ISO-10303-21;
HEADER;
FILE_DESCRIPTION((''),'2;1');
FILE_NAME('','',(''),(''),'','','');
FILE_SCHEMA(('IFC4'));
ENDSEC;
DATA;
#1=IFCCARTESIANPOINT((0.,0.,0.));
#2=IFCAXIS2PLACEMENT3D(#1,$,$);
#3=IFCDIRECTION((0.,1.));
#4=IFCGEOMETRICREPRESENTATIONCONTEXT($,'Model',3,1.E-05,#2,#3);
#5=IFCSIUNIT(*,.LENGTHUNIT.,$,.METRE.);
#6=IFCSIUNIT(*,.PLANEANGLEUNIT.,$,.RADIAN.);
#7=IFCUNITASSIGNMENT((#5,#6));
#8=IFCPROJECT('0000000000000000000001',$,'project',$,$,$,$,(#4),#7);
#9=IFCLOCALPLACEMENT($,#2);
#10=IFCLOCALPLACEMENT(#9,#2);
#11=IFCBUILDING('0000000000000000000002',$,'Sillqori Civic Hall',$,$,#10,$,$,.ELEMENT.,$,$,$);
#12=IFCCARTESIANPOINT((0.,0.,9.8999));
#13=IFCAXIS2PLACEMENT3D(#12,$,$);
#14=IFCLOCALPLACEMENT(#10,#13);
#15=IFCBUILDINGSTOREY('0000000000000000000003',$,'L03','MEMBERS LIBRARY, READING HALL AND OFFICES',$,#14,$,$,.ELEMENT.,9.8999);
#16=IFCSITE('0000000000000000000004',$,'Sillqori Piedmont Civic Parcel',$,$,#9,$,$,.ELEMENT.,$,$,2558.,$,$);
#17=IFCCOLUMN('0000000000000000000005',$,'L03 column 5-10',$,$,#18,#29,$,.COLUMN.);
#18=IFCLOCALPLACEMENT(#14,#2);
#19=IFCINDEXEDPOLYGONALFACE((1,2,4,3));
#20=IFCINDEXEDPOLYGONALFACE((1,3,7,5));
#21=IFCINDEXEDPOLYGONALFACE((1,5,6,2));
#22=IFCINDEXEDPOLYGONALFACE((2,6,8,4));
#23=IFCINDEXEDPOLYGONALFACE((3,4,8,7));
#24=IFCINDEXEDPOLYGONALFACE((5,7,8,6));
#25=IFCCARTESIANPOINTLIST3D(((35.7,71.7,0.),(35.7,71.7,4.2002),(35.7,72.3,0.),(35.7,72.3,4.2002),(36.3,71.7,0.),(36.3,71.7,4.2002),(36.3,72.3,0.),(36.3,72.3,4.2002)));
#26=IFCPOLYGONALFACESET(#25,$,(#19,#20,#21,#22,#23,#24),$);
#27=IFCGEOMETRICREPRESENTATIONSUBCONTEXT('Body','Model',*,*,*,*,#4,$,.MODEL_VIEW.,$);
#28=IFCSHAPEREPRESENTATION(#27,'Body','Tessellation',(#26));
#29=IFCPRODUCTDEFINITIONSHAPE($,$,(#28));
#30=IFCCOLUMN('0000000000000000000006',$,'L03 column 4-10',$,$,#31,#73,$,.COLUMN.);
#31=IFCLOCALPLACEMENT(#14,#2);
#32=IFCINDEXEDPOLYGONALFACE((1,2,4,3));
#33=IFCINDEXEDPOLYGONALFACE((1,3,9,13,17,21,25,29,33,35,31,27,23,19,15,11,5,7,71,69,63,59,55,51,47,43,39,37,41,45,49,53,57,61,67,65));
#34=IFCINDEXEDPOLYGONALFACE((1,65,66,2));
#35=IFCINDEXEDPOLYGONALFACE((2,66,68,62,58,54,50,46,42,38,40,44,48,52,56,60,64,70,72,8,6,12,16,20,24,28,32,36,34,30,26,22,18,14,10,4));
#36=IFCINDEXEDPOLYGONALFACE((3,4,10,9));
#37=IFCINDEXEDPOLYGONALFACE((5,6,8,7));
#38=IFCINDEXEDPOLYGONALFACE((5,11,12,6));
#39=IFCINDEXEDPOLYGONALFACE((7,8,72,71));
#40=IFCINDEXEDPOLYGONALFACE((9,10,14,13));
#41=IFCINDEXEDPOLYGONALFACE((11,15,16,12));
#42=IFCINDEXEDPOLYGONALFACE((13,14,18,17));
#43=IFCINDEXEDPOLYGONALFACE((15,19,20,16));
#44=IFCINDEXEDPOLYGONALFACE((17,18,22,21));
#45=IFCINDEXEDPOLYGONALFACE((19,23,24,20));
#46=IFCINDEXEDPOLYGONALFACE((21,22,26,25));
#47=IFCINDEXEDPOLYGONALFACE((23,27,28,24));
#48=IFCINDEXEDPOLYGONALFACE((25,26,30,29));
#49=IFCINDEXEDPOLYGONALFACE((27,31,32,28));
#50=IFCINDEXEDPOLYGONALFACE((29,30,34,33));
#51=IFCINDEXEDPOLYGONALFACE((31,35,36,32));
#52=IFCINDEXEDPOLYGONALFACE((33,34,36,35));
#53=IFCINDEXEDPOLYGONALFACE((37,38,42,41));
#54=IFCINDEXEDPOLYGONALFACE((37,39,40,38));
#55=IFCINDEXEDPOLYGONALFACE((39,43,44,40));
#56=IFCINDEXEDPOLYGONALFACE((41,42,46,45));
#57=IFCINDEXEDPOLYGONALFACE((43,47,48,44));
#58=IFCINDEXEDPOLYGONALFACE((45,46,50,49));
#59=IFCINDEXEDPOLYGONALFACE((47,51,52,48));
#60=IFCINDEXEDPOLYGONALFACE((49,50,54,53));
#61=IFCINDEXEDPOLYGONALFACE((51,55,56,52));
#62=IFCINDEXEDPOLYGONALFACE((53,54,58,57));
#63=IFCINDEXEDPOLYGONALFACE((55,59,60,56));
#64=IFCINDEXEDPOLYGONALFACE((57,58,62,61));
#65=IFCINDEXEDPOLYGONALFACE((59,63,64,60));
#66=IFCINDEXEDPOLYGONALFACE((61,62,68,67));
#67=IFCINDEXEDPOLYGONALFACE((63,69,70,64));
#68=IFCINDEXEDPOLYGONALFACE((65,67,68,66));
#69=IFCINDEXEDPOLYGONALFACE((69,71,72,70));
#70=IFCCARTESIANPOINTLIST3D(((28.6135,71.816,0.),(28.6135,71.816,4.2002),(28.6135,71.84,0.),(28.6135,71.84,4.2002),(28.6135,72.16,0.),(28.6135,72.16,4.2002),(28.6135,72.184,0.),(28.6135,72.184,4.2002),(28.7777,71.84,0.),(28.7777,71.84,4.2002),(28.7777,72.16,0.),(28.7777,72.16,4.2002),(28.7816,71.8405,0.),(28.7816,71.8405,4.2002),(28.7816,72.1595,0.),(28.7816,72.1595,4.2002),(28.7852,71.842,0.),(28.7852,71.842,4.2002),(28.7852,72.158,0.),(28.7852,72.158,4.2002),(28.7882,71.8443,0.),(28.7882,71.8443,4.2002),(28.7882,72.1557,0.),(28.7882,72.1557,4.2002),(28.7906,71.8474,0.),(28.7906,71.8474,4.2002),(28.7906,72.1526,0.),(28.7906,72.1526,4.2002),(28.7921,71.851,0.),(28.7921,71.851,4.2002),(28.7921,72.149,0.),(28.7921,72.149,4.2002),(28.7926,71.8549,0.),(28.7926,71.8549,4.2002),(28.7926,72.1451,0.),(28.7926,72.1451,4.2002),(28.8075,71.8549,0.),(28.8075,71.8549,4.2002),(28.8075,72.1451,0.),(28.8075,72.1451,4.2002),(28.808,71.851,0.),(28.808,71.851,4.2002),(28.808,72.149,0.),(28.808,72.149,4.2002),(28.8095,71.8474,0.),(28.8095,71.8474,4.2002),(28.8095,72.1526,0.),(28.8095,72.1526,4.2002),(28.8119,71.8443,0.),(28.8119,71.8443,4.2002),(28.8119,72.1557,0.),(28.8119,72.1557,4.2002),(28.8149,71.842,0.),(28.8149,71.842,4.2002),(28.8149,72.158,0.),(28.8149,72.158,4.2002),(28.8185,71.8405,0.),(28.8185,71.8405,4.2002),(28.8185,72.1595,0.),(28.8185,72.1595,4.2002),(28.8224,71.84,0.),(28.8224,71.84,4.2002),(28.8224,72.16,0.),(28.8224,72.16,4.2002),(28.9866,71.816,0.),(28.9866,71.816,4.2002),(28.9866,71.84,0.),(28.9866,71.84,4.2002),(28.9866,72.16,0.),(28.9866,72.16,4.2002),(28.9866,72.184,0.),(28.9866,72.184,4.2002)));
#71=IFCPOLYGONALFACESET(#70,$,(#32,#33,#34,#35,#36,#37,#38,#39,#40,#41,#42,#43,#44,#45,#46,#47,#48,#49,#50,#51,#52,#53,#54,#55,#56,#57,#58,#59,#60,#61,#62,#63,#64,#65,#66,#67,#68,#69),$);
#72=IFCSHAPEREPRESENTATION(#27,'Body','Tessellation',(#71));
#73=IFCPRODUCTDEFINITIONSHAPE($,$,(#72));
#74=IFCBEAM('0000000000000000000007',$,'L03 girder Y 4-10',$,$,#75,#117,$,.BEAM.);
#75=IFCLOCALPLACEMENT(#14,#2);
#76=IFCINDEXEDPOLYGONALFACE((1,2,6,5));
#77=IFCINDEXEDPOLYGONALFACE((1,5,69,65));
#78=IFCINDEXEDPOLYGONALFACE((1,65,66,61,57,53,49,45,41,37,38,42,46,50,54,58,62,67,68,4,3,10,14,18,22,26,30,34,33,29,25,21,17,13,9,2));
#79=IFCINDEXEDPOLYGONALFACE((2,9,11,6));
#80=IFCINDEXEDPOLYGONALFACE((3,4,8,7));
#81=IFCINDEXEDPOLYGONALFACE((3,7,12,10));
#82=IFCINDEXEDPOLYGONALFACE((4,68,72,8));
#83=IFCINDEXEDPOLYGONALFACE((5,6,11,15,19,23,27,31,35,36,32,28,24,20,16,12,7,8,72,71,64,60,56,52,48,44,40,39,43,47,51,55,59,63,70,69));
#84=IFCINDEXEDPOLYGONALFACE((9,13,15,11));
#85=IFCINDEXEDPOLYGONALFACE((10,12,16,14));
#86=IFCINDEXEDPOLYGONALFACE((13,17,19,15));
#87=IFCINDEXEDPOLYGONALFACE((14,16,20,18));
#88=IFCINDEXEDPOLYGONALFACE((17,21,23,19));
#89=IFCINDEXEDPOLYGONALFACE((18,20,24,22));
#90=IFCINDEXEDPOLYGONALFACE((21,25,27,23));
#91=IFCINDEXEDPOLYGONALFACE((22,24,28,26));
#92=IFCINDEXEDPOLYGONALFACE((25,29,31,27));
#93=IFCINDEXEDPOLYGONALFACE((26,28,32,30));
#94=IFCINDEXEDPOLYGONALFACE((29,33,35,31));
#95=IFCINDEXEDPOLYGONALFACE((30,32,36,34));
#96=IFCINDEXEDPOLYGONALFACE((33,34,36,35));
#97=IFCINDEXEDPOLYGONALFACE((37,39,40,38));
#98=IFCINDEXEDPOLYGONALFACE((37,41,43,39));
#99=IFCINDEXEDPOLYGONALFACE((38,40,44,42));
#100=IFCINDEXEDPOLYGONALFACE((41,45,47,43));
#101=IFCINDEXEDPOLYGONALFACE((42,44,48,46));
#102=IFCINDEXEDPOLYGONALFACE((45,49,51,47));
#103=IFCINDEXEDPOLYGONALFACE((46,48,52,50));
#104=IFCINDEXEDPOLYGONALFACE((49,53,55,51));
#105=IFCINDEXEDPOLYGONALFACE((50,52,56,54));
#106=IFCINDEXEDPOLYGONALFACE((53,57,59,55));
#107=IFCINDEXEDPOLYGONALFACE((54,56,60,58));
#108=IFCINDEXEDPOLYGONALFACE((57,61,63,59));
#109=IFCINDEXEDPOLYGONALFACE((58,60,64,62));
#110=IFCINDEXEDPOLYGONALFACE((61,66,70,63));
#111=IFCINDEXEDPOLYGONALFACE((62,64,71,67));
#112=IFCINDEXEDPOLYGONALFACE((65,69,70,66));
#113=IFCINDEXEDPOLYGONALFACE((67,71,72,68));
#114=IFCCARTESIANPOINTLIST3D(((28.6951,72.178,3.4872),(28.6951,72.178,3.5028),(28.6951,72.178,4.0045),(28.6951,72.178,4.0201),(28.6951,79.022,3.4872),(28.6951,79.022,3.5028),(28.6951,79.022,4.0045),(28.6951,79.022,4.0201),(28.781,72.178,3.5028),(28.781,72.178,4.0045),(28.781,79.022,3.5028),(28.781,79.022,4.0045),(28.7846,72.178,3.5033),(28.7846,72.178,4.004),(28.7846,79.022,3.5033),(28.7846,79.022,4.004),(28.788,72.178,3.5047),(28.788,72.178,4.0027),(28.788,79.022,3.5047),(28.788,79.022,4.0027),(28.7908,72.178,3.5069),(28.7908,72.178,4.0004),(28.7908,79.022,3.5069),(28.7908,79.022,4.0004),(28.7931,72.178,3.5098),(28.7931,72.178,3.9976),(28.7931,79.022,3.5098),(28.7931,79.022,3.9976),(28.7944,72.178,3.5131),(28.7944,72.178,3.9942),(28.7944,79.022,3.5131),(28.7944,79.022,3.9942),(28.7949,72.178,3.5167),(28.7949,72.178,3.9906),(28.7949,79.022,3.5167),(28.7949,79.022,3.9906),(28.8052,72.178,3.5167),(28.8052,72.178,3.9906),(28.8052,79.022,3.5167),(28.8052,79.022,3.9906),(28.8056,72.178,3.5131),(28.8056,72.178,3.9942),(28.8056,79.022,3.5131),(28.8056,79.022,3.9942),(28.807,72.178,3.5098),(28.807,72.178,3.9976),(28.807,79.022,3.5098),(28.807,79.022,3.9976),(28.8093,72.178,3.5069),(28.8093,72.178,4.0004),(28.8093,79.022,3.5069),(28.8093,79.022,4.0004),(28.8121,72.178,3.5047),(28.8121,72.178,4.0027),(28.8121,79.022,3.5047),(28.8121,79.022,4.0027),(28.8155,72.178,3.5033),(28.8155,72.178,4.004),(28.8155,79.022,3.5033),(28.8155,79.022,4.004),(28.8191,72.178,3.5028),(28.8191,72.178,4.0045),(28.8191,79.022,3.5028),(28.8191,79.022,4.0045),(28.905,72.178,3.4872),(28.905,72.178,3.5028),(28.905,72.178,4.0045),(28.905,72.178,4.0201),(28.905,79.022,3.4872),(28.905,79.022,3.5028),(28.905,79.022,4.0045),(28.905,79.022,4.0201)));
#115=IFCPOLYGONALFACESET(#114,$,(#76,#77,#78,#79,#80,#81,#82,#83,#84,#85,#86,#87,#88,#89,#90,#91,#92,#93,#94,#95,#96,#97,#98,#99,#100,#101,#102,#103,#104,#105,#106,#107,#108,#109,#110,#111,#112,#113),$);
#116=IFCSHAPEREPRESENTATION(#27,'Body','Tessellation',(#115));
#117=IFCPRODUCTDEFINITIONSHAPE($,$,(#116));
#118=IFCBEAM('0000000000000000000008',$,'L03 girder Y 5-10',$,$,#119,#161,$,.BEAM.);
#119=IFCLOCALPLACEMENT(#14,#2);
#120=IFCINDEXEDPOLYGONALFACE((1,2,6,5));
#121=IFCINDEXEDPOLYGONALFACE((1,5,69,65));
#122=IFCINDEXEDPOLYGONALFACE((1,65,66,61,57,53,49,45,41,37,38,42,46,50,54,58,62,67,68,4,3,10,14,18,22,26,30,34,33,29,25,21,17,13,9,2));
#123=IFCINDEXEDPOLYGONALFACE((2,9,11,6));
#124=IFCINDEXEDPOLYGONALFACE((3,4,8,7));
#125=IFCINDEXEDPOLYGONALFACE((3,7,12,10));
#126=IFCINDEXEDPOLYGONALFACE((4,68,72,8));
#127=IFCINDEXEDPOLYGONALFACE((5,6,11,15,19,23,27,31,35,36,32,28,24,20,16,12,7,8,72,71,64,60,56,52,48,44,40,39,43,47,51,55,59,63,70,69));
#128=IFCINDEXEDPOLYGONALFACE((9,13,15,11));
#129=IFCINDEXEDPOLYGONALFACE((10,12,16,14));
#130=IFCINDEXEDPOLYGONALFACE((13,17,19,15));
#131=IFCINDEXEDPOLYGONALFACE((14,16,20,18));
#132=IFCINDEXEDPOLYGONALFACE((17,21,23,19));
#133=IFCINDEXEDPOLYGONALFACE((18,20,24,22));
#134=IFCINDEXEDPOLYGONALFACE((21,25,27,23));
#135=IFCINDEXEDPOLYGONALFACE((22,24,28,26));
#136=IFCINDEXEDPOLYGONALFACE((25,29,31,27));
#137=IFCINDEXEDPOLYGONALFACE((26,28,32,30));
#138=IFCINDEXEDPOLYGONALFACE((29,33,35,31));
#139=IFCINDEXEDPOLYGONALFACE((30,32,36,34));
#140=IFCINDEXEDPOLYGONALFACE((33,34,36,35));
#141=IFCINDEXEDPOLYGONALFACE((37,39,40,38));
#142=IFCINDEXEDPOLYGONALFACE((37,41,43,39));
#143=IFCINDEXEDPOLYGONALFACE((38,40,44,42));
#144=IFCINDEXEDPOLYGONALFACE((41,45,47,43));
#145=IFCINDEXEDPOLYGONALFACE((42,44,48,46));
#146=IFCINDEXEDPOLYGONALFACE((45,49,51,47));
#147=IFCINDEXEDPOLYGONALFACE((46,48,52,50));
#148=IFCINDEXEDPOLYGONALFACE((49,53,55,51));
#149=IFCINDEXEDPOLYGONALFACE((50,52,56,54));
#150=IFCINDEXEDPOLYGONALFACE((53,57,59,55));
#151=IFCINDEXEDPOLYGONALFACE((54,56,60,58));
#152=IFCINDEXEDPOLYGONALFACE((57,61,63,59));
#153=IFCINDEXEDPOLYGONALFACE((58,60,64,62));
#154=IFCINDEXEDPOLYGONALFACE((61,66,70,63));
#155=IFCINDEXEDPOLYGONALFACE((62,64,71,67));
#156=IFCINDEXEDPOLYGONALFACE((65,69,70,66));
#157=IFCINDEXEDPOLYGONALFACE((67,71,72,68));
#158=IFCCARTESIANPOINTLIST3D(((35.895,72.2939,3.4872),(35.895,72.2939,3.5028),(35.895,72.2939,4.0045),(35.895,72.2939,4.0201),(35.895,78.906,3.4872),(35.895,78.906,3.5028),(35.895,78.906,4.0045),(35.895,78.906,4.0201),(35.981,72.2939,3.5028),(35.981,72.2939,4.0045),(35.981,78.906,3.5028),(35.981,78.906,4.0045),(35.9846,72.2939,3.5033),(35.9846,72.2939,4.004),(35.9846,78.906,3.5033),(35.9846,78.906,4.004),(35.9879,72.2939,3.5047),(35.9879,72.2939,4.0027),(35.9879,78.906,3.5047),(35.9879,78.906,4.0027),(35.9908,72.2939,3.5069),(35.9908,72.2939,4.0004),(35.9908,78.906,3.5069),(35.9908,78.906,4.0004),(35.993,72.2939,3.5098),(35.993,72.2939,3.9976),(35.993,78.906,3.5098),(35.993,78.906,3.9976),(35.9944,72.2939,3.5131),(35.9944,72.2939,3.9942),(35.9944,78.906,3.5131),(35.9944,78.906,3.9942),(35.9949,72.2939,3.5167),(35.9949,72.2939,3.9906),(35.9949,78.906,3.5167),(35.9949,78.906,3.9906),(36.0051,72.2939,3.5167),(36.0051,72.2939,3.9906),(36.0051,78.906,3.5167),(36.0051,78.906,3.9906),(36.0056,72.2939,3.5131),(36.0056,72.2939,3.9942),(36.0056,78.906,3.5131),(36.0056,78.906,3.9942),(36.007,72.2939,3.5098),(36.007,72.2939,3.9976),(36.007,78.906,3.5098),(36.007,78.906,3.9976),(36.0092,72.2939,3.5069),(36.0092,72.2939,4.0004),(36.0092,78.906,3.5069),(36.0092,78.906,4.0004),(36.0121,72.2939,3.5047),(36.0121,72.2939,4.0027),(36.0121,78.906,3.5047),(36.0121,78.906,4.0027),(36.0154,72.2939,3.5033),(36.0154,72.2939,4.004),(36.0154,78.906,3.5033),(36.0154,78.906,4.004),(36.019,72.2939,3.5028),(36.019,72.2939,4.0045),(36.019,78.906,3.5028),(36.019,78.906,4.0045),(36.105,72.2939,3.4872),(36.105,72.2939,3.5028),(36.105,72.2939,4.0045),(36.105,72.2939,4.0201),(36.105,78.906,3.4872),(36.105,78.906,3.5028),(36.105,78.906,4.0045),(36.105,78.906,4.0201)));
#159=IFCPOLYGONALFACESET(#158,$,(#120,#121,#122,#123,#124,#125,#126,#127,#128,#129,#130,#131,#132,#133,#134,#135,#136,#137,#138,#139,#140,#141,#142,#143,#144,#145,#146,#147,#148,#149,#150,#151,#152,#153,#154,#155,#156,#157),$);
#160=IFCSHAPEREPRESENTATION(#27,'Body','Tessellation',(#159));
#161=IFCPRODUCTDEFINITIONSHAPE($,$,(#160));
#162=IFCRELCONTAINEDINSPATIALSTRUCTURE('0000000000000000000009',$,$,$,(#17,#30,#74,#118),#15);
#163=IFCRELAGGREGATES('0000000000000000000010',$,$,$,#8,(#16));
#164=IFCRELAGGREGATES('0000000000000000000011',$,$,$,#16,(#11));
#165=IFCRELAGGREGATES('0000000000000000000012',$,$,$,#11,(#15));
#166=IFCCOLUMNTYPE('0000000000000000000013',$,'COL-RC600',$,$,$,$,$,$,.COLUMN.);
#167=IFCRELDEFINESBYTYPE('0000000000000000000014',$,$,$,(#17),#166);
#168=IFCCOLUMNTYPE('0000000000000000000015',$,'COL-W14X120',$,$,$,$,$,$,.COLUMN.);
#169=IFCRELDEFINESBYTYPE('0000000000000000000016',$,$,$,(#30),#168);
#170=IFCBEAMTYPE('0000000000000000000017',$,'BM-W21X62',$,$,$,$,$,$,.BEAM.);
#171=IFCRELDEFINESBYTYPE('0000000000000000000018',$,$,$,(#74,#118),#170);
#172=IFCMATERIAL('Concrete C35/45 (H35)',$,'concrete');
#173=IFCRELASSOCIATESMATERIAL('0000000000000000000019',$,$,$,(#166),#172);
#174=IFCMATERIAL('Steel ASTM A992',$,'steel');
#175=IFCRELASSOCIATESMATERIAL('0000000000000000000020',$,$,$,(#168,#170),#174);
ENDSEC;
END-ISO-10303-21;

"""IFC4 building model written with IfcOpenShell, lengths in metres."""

from ifc_helpers import new_model, si_unit, direction, frame, origin, origin_2d, place, context, subcontext, project, spatial, rectangle, i_section, extrude, material, material_profile, profile_set, type_object, element, save


model = new_model("IFC4")

# Units and contexts
model_context = context("Model", 3, precision=1e-05, world=origin(), true_north=direction((0.0, 1.0)))
body_context = subcontext(model_context, "Body", "Model", "MODEL_VIEW")
ifc_project = project(units=[si_unit("LENGTHUNIT", "METRE"), si_unit("PLANEANGLEUNIT", "RADIAN")], contexts=[model_context])

# Site, building, storey
site_placement = place(None, origin())
site = spatial("IfcSite", under=ifc_project, at=site_placement, Name="Sillqori Piedmont Civic Parcel", CompositionType="ELEMENT", RefElevation=2558.0)
building_placement = place(site_placement, origin())
building = spatial("IfcBuilding", under=site, at=building_placement, Name="Sillqori Civic Hall", CompositionType="ELEMENT")
storey_placement = place(building_placement, frame((0.0, 0.0, 9.8999)))
storey = spatial("IfcBuildingStorey", under=building, at=storey_placement, Name="L03", Description="MEMBERS LIBRARY, READING HALL AND OFFICES", CompositionType="ELEMENT", Elevation=9.8999)

# Columns
ifc_material_1 = material(Name="Concrete C35/45 (H35)", Category="concrete")
ifc_material_profile_1 = material_profile(ifc_material_1, rectangle(XDim=0.6001, YDim=0.6001, at=origin_2d()), Name="RC 600x600")
ifc_profile_set_1 = profile_set([ifc_material_profile_1], Name="Concrete C35/45 (H35)")
column_type_1 = type_object("IfcColumnType", Name="COL-RC600", PredefinedType="COLUMN", material=ifc_profile_set_1)
column_1_placement = place(storey_placement, frame((36.0, 72.0, 0.0), z_axis=(0.0, 0.0, 1.0), x_axis=(1.0, 0.0, 0.0)))
element("IfcColumn", 1, at=column_1_placement, inside=storey, type_object=column_type_1, Name="L03 column 5-10", PredefinedType="COLUMN", context=body_context, shape_type="SweptSolid", body=[
    extrude(rectangle(XDim=0.6001, YDim=0.6001, at=origin_2d()), origin(), (0.0, 0.0, 1.0), 4.2002),
])
ifc_material_2 = material(Name="Steel ASTM A992", Category="steel")
ifc_material_profile_2 = material_profile(ifc_material_2, i_section(OverallWidth=0.373, OverallDepth=0.3679, WebThickness=0.0149, FlangeThickness=0.0239, FilletRadius=0.0149, at=origin_2d()), Name="W14X120")
ifc_profile_set_2 = profile_set([ifc_material_profile_2], Name="Steel ASTM A992")
column_type_2 = type_object("IfcColumnType", Name="COL-W14X120", PredefinedType="COLUMN", material=ifc_profile_set_2)
column_2_placement = place(storey_placement, frame((28.8, 72.0, 0.0), z_axis=(0.0, 0.0, 1.0), x_axis=(1.0, 0.0, 0.0)))
element("IfcColumn", 2, at=column_2_placement, inside=storey, type_object=column_type_2, Name="L03 column 4-10", PredefinedType="COLUMN", context=body_context, shape_type="SweptSolid", body=[
    extrude(i_section(OverallWidth=0.373, OverallDepth=0.3679, WebThickness=0.0149, FlangeThickness=0.0239, FilletRadius=0.0149, at=origin_2d()), origin(), (0.0, 0.0, 1.0), 4.2002),
])

# Beams
ifc_material_profile_3 = material_profile(ifc_material_2, i_section(OverallWidth=0.21, OverallDepth=0.533, WebThickness=0.0103, FlangeThickness=0.0156, FilletRadius=0.0139, at=origin_2d()), Name="W21X62")
ifc_profile_set_3 = profile_set([ifc_material_profile_3], Name="Steel ASTM A992")
beam_type_1 = type_object("IfcBeamType", Name="BM-W21X62", PredefinedType="BEAM", material=ifc_profile_set_3)
beam_1_placement = place(storey_placement, frame((28.8, 72.178, 3.7537), z_axis=(0.0, 1.0, 0.0), x_axis=(-1.0, 0.0, 0.0)))
element("IfcBeam", 3, at=beam_1_placement, inside=storey, type_object=beam_type_1, Name="L03 girder Y 4-10", PredefinedType="BEAM", context=body_context, shape_type="SweptSolid", body=[
    extrude(i_section(OverallWidth=0.21, OverallDepth=0.533, WebThickness=0.0103, FlangeThickness=0.0156, FilletRadius=0.0139, at=origin_2d()), origin(), (0.0, 0.0, 1.0), 6.844),
])
beam_2_placement = place(storey_placement, frame((36.0, 72.2939, 3.7537), z_axis=(0.0, 1.0, 0.0), x_axis=(-1.0, 0.0, 0.0)))
element("IfcBeam", 4, at=beam_2_placement, inside=storey, type_object=beam_type_1, Name="L03 girder Y 5-10", PredefinedType="BEAM", context=body_context, shape_type="SweptSolid", body=[
    extrude(i_section(OverallWidth=0.21, OverallDepth=0.533, WebThickness=0.0103, FlangeThickness=0.0156, FilletRadius=0.0139, at=origin_2d()), origin(), (0.0, 0.0, 1.0), 6.6121),
])

save(model, "model.ifc")
